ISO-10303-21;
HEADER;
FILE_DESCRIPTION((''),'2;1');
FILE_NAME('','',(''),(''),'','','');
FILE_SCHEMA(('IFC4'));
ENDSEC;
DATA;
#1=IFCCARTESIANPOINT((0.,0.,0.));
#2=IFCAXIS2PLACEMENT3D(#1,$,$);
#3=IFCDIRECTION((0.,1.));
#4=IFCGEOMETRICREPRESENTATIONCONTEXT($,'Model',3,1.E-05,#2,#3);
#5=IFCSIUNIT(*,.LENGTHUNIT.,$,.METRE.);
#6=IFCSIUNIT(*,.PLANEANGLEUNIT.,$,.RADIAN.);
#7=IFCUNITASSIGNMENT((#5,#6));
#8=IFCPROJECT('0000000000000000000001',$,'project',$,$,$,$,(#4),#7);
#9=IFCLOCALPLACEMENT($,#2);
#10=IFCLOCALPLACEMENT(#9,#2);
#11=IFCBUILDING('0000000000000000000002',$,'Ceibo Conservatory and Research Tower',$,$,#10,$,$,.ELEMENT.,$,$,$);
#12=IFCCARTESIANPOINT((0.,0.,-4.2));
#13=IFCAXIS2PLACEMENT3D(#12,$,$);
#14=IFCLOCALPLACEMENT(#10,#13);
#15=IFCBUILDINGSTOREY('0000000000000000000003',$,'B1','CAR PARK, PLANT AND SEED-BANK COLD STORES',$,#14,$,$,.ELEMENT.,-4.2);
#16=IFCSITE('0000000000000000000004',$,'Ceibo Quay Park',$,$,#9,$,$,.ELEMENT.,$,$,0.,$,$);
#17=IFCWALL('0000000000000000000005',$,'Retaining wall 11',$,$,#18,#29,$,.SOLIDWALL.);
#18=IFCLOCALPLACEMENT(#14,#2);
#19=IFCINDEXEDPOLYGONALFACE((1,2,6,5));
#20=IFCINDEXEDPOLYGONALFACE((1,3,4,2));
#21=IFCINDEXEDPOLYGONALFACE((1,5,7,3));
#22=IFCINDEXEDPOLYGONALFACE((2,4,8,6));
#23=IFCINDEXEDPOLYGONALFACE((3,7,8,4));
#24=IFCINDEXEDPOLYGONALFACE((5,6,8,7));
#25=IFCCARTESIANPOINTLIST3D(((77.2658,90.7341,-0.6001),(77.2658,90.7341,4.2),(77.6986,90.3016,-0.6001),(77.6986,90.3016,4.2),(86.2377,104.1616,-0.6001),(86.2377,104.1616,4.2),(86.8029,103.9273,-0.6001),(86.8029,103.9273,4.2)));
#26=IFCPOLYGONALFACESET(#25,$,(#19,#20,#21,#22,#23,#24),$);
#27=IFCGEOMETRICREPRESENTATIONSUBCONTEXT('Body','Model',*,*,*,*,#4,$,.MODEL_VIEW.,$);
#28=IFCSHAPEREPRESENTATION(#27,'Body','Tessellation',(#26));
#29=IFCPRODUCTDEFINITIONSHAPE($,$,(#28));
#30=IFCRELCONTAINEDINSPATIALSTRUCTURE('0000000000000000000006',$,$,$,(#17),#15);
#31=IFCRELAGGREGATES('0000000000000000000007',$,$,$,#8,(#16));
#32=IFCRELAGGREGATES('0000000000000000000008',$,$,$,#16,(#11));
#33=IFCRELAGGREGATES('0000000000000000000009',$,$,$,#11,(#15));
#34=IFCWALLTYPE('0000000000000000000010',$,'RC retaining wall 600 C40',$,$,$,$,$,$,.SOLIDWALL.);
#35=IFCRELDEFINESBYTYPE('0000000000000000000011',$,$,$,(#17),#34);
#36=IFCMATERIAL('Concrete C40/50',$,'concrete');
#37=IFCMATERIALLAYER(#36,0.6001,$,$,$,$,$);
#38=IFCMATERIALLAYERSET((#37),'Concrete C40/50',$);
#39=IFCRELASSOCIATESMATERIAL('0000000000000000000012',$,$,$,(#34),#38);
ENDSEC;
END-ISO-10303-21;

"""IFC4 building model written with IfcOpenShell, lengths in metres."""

from ifc_helpers import new_model, si_unit, direction, frame, origin, place, context, subcontext, project, spatial, polyline, outline, extrude, material, layer, layer_set, type_object, element, save


model = new_model("IFC4")

# Units and contexts
model_context = context("Model", 3, precision=1e-05, world=origin(), true_north=direction((0.0, 1.0)))
body_context = subcontext(model_context, "Body", "Model", "MODEL_VIEW")
ifc_project = project(units=[si_unit("LENGTHUNIT", "METRE"), si_unit("PLANEANGLEUNIT", "RADIAN")], contexts=[model_context])

# Site, building, storey
site_placement = place(None, origin())
site = spatial("IfcSite", under=ifc_project, at=site_placement, Name="Ceibo Quay Park", CompositionType="ELEMENT", RefElevation=0.0)
building_placement = place(site_placement, origin())
building = spatial("IfcBuilding", under=site, at=building_placement, Name="Ceibo Conservatory and Research Tower", CompositionType="ELEMENT")
storey_placement = place(building_placement, frame((0.0, 0.0, -4.2)))
storey = spatial("IfcBuildingStorey", under=building, at=storey_placement, Name="B1", Description="CAR PARK, PLANT AND SEED-BANK COLD STORES", CompositionType="ELEMENT", Elevation=-4.2)

# Shared definitions
ifc_material_1 = material(Name="Concrete C40/50", Category="concrete")

# Wall
ifc_layer_1 = layer(ifc_material_1, 0.6001)
ifc_layer_set_1 = layer_set([ifc_layer_1], Name="Concrete C40/50")
wall_type = type_object("IfcWallType", Name="RC retaining wall 600 C40", PredefinedType="SOLIDWALL", material=ifc_layer_set_1)
wall_placement = place(storey_placement, frame((77.4822, 90.5178, -0.6001), z_axis=(0.0, 0.0, 1.0), x_axis=(0.555566, 0.831473, 0.0)))
element("IfcWall", 1, at=wall_placement, inside=storey, type_object=wall_type, Name="Retaining wall 11", PredefinedType="SOLIDWALL", context=body_context, shape_type="SweptSolid", body=[
    extrude(outline(polyline([(-0.0596, -0.3), (16.3279, -0.3), (16.2087, 0.3), (0.0596, 0.3), (-0.0596, -0.3)])), origin(), (0.0, 0.0, 1.0), 4.8),
])

save(model, "model.ifc")
